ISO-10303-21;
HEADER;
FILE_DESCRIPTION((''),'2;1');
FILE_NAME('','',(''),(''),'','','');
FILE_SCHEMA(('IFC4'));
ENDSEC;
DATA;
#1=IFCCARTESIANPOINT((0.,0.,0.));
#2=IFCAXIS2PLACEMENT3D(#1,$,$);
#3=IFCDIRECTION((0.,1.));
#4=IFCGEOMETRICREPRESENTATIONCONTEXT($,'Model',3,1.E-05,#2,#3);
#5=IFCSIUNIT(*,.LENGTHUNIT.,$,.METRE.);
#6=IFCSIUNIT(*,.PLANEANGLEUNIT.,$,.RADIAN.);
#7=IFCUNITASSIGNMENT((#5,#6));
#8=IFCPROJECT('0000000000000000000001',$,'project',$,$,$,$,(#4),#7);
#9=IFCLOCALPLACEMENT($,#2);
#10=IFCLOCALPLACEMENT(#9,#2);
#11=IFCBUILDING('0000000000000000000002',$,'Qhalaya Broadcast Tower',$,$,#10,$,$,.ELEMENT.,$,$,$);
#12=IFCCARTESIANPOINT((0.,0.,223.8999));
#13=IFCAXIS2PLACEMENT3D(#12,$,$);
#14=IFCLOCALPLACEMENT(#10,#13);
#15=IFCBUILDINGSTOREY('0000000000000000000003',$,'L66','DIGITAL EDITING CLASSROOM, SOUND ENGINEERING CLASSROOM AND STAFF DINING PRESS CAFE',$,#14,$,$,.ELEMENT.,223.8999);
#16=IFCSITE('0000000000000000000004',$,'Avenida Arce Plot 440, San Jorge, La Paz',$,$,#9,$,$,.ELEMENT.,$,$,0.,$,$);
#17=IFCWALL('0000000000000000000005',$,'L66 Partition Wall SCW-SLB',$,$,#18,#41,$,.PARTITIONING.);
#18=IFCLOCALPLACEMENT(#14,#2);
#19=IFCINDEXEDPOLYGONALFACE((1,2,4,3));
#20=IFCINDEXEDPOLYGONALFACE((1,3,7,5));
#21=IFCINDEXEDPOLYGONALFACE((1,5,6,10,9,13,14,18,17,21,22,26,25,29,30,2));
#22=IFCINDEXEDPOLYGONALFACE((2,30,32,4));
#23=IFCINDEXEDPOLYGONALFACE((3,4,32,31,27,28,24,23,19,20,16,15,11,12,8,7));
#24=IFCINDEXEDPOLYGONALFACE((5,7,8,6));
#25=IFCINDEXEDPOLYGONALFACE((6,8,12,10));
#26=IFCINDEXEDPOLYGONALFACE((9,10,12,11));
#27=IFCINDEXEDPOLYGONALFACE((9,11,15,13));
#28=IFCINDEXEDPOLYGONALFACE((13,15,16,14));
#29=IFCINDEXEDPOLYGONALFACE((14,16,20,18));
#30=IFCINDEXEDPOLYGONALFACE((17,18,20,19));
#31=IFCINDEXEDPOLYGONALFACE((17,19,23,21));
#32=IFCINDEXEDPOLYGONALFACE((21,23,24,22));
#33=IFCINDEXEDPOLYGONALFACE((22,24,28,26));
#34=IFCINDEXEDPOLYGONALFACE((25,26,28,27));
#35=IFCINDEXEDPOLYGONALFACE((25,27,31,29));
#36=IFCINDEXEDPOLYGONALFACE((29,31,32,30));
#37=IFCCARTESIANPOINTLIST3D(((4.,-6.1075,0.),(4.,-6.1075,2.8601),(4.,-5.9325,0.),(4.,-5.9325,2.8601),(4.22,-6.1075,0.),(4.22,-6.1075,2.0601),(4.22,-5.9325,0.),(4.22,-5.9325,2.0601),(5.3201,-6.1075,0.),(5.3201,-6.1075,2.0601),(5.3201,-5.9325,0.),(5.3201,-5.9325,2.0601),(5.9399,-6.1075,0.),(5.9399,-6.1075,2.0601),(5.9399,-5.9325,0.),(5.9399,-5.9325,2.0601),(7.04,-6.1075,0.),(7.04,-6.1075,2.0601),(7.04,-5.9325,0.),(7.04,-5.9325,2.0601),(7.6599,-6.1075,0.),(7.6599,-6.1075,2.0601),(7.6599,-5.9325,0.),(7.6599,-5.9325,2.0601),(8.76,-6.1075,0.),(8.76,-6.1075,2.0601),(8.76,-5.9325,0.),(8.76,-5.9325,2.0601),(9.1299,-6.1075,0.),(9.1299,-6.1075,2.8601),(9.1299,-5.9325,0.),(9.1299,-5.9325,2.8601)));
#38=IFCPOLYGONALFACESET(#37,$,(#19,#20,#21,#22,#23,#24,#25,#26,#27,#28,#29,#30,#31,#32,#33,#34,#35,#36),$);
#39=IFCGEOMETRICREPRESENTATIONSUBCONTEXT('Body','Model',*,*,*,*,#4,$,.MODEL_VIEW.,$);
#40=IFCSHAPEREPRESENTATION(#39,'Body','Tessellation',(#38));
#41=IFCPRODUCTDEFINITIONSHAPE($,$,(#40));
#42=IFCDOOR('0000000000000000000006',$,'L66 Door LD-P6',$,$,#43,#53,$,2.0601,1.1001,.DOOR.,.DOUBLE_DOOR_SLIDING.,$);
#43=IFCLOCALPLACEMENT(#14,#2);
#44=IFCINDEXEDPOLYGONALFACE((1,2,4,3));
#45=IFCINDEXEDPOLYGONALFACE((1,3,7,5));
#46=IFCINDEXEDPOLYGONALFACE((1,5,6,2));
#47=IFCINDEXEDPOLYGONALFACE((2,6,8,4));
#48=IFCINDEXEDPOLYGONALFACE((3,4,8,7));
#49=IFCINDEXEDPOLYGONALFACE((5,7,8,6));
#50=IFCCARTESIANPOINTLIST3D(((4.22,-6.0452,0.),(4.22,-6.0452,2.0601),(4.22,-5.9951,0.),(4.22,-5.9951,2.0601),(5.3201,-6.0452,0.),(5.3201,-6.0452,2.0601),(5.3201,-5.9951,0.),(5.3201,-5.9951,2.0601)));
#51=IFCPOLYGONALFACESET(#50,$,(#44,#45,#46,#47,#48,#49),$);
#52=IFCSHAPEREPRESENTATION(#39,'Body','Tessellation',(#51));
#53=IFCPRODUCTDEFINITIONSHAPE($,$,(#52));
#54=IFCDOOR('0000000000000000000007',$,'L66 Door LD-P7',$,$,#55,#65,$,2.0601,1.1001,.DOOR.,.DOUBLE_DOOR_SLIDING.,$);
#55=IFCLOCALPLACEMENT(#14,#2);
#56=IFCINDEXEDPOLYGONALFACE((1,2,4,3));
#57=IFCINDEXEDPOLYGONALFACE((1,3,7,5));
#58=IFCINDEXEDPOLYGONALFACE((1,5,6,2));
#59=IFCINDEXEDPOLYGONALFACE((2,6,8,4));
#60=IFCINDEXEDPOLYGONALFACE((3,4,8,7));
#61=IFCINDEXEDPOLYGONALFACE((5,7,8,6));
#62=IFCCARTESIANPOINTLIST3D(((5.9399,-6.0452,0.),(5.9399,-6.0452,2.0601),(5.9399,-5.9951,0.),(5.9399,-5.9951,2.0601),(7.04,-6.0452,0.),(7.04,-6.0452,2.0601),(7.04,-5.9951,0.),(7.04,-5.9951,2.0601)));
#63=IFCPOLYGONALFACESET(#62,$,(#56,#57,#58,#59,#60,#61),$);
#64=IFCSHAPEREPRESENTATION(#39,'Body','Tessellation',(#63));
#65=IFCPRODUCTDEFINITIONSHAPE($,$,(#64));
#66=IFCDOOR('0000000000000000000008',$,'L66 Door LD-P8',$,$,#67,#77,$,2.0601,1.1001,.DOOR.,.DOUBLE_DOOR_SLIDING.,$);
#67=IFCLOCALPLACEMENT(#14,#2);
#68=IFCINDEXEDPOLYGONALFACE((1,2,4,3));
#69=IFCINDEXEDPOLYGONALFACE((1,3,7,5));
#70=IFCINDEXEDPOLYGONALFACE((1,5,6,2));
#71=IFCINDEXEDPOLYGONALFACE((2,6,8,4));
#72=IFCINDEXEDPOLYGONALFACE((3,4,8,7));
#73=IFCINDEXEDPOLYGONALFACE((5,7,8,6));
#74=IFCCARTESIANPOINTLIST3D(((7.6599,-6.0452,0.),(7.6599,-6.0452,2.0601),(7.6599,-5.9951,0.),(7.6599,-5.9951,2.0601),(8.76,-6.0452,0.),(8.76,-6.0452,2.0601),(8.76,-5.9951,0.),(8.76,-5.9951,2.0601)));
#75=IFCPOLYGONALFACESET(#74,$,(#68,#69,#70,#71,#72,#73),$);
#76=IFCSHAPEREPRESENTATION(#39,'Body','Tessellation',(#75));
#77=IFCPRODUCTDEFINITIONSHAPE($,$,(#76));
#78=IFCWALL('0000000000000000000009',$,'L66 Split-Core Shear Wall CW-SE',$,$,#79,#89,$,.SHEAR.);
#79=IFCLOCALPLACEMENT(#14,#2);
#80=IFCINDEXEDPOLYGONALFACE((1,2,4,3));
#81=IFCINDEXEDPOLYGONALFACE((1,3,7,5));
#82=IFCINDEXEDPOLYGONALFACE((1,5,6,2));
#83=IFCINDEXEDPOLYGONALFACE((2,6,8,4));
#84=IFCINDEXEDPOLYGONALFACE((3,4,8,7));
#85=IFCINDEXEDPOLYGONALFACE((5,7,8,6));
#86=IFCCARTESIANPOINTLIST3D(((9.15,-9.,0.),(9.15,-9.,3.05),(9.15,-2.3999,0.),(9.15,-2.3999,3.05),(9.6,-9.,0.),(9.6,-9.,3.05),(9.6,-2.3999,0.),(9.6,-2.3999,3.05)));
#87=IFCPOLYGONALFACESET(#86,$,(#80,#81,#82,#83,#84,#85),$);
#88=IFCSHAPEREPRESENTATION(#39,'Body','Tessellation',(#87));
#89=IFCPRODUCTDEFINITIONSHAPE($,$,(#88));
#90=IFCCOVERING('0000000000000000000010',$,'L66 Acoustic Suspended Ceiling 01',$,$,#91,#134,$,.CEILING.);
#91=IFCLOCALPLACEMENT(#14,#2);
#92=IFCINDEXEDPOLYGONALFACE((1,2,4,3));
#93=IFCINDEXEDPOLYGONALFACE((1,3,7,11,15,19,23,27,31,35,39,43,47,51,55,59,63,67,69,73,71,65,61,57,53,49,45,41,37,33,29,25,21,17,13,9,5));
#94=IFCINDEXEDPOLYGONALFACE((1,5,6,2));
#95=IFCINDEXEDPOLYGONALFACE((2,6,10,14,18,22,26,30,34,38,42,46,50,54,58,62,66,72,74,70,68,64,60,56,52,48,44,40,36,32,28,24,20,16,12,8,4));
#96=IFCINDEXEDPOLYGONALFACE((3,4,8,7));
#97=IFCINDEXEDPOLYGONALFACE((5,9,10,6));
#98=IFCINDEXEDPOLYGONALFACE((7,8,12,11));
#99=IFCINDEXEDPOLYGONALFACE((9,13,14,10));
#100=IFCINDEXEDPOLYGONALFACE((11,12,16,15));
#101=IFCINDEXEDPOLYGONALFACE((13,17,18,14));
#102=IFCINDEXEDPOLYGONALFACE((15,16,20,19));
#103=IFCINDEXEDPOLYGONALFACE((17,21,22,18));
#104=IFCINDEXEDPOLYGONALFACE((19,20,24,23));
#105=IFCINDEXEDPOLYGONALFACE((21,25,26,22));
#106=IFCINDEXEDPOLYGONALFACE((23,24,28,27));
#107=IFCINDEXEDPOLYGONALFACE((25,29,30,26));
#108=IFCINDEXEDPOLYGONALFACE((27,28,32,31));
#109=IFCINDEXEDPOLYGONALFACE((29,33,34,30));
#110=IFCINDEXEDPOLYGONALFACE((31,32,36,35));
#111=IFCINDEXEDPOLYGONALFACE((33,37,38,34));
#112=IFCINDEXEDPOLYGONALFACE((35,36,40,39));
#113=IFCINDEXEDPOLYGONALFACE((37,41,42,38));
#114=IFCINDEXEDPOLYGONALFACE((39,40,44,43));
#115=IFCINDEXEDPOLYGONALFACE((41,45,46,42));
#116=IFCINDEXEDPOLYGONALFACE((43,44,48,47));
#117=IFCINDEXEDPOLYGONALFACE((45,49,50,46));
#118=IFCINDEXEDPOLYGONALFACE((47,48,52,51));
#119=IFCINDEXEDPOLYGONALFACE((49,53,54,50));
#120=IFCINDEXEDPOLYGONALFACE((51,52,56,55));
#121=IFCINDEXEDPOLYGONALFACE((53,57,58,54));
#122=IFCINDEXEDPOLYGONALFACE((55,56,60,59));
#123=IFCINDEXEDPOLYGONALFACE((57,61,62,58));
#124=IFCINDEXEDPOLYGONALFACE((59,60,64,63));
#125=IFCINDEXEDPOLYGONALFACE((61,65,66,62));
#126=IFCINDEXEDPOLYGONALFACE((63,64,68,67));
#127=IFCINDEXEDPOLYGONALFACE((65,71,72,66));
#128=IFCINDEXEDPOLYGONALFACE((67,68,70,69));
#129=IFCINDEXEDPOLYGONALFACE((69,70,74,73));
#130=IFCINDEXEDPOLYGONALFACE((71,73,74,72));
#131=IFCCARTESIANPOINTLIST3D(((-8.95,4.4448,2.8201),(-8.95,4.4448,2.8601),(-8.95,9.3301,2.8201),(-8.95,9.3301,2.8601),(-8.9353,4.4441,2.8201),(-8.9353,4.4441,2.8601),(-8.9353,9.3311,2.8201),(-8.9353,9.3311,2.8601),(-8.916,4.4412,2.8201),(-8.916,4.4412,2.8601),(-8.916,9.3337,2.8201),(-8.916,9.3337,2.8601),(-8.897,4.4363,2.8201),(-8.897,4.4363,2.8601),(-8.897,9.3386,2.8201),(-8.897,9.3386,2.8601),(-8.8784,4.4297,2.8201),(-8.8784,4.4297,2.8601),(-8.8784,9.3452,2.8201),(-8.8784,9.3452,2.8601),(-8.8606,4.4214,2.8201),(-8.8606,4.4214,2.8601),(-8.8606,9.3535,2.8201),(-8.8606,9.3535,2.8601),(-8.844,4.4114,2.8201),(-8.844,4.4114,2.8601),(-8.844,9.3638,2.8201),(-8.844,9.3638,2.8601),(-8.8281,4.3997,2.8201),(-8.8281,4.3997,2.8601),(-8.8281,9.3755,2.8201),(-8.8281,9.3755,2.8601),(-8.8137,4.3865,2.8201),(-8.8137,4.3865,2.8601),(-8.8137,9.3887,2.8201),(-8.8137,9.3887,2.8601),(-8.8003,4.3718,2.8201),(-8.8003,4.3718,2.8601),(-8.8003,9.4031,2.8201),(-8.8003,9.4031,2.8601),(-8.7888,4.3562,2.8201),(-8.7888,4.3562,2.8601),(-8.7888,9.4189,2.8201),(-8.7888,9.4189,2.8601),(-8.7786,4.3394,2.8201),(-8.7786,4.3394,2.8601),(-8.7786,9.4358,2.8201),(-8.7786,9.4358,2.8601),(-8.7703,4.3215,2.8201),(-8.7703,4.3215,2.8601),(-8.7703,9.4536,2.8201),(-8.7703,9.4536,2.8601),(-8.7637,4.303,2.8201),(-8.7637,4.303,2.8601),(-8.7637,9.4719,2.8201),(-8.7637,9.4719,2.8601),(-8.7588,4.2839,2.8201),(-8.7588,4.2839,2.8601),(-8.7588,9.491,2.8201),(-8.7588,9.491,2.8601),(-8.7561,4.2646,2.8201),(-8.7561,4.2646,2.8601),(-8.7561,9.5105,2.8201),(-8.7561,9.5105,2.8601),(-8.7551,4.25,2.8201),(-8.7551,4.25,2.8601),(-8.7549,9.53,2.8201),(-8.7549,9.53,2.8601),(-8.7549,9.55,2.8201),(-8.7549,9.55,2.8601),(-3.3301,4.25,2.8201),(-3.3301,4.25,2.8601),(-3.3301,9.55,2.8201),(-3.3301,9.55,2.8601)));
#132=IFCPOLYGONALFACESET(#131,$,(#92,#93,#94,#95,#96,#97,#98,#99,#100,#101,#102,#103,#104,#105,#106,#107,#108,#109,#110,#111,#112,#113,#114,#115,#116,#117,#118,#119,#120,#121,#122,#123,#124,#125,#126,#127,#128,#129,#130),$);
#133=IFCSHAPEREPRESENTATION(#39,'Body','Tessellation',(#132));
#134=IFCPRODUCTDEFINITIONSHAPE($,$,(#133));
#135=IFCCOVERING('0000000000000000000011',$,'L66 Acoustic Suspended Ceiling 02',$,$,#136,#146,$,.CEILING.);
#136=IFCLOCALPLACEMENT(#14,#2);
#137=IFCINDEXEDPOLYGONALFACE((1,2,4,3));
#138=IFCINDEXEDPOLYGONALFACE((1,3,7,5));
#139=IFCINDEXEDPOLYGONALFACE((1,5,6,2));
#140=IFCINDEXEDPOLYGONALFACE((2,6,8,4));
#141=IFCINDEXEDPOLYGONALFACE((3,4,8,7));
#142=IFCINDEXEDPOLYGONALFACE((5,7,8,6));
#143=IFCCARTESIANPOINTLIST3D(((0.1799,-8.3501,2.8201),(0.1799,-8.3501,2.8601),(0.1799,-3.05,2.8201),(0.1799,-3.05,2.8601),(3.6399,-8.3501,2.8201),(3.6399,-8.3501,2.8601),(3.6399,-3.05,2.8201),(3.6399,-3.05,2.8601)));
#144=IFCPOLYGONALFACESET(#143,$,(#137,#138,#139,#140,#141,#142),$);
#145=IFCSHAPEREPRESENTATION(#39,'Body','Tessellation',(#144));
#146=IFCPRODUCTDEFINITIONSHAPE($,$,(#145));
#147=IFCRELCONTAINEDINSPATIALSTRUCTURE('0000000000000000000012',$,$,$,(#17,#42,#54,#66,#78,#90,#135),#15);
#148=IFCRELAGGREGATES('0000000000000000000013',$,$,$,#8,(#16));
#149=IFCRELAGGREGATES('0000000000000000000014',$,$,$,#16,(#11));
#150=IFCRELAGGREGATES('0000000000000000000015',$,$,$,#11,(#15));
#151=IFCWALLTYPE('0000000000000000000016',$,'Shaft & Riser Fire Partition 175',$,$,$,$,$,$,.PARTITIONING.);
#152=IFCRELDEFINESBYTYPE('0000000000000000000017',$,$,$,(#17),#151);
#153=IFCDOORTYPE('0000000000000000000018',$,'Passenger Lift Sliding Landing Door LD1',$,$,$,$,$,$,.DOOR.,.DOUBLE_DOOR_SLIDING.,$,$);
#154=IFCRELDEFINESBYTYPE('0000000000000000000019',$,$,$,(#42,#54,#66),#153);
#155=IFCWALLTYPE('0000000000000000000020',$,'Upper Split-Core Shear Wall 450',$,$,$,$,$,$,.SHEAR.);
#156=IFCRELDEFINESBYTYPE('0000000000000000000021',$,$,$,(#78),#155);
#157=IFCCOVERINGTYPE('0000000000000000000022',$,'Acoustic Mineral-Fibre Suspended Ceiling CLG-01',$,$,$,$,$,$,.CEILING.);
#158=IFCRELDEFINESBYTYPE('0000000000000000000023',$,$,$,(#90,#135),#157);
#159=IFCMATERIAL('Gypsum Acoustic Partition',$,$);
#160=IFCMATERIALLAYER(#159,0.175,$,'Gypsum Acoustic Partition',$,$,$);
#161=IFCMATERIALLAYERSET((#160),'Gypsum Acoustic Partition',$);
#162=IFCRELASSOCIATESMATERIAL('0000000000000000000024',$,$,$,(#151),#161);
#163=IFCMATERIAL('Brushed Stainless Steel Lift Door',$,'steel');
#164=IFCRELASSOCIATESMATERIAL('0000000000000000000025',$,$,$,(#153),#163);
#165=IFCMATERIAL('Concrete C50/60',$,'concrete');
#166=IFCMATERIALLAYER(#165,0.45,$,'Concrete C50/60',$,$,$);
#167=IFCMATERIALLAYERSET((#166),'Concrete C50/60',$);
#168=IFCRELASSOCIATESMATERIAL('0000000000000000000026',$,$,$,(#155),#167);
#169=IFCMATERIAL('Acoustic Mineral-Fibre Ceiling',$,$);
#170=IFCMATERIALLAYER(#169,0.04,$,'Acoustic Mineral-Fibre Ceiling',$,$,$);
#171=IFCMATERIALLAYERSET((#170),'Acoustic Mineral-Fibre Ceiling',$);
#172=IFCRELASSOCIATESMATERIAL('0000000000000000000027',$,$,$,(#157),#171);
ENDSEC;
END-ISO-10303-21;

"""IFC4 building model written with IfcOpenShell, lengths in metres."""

from ifc_helpers import new_model, si_unit, direction, frame, frame_2d, origin, place, context, subcontext, project, spatial, polyline, rectangle, outline, extrude, material, layer, layer_set, type_object, element, fill, save


model = new_model("IFC4")

# Units and contexts
model_context = context("Model", 3, precision=1e-05, world=origin(), true_north=direction((0.0, 1.0)))
body_context = subcontext(model_context, "Body", "Model", "MODEL_VIEW")
ifc_project = project(units=[si_unit("LENGTHUNIT", "METRE"), si_unit("PLANEANGLEUNIT", "RADIAN")], contexts=[model_context])

# Site, building, storey
site_placement = place(None, origin())
site = spatial("IfcSite", under=ifc_project, at=site_placement, Name="Avenida Arce Plot 440, San Jorge, La Paz", CompositionType="ELEMENT", RefElevation=0.0)
building_placement = place(site_placement, origin())
building = spatial("IfcBuilding", under=site, at=building_placement, Name="Qhalaya Broadcast Tower", CompositionType="ELEMENT")
storey_placement = place(building_placement, frame((0.0, 0.0, 223.8999)))
storey = spatial("IfcBuildingStorey", under=building, at=storey_placement, Name="L66", Description="DIGITAL EDITING CLASSROOM, SOUND ENGINEERING CLASSROOM AND STAFF DINING PRESS CAFE", CompositionType="ELEMENT", Elevation=223.8999)

# Shared definitions
ifc_material_1 = material(Name="Concrete C50/60", Category="concrete")

# Shared definitions
ifc_material_2 = material(Name="Gypsum Acoustic Partition")

# Wall, openings, doors
ifc_layer_1 = layer(ifc_material_2, 0.175, Name="Gypsum Acoustic Partition")
ifc_layer_set_1 = layer_set([ifc_layer_1], Name="Gypsum Acoustic Partition")
wall_type_1 = type_object("IfcWallType", Name="Shaft & Riser Fire Partition 175", PredefinedType="PARTITIONING", material=ifc_layer_set_1)
wall_1_placement = place(storey_placement, frame((4.0, -6.02, 0.0), z_axis=(0.0, 0.0, 1.0), x_axis=(1.0, 0.0, 0.0)))
wall_1 = element("IfcWall", 1, at=wall_1_placement, inside=storey, type_object=wall_type_1, Name="L66 Partition Wall SCW-SLB", PredefinedType="PARTITIONING", context=body_context, shape_type="SweptSolid", body=[
    extrude(rectangle(XDim=5.1299, YDim=0.175, at=frame_2d((2.5649, 0.0))), origin(), (0.0, 0.0, 1.0), 2.8601),
])
opening_1_placement = place(wall_1_placement, frame((0.22, 0.0, 0.0)))
opening_1 = element("IfcOpeningElement", 2, at=opening_1_placement, cuts=wall_1, PredefinedType="OPENING", context=body_context, shape_type="SweptSolid", body=[
    extrude(rectangle(XDim=1.1001, YDim=2.0601, at=frame_2d((0.55, 1.03))), frame((0.0, 0.0996, 0.0), z_axis=(0.0, -1.0, 0.0), x_axis=(1.0, 0.0, 0.0)), (0.0, 0.0, 1.0), 0.199),
])
opening_2_placement = place(wall_1_placement, frame((1.9399, 0.0, 0.0)))
opening_2 = element("IfcOpeningElement", 3, at=opening_2_placement, cuts=wall_1, PredefinedType="OPENING", context=body_context, shape_type="SweptSolid", body=[
    extrude(rectangle(XDim=1.1001, YDim=2.0601, at=frame_2d((0.55, 1.03))), frame((0.0, 0.0996, 0.0), z_axis=(0.0, -1.0, 0.0), x_axis=(1.0, 0.0, 0.0)), (0.0, 0.0, 1.0), 0.199),
])
opening_3_placement = place(wall_1_placement, frame((3.6599, 0.0, 0.0)))
opening_3 = element("IfcOpeningElement", 4, at=opening_3_placement, cuts=wall_1, PredefinedType="OPENING", context=body_context, shape_type="SweptSolid", body=[
    extrude(rectangle(XDim=1.1001, YDim=2.0601, at=frame_2d((0.55, 1.03))), frame((0.0, 0.0996, 0.0), z_axis=(0.0, -1.0, 0.0), x_axis=(1.0, 0.0, 0.0)), (0.0, 0.0, 1.0), 0.199),
])
ifc_material_3 = material(Name="Brushed Stainless Steel Lift Door", Category="steel")
door_type_1 = type_object("IfcDoorType", Name="Passenger Lift Sliding Landing Door LD1", OperationType="DOUBLE_DOOR_SLIDING", PredefinedType="DOOR", material=ifc_material_3)
door_1_placement = place(opening_1_placement, origin())
door_1 = element("IfcDoor", 5, at=door_1_placement, inside=storey, type_object=door_type_1, Name="L66 Door LD-P6", OperationType="DOUBLE_DOOR_SLIDING", OverallHeight=2.0601, OverallWidth=1.1001, PredefinedType="DOOR", context=body_context, shape_type="SweptSolid", body=[
    extrude(rectangle(XDim=1.1001, YDim=2.0601, at=frame_2d((0.55, 1.03))), frame((0.0, 0.0249, 0.0), z_axis=(0.0, -1.0, 0.0), x_axis=(1.0, 0.0, 0.0)), (0.0, 0.0, 1.0), 0.05),
])
fill(opening_1, door_1)
door_2_placement = place(opening_2_placement, origin())
door_2 = element("IfcDoor", 6, at=door_2_placement, inside=storey, type_object=door_type_1, Name="L66 Door LD-P7", OperationType="DOUBLE_DOOR_SLIDING", OverallHeight=2.0601, OverallWidth=1.1001, PredefinedType="DOOR", context=body_context, shape_type="SweptSolid", body=[
    extrude(rectangle(XDim=1.1001, YDim=2.0601, at=frame_2d((0.55, 1.03))), frame((0.0, 0.0249, 0.0), z_axis=(0.0, -1.0, 0.0), x_axis=(1.0, 0.0, 0.0)), (0.0, 0.0, 1.0), 0.05),
])
fill(opening_2, door_2)
door_3_placement = place(opening_3_placement, origin())
door_3 = element("IfcDoor", 7, at=door_3_placement, inside=storey, type_object=door_type_1, Name="L66 Door LD-P8", OperationType="DOUBLE_DOOR_SLIDING", OverallHeight=2.0601, OverallWidth=1.1001, PredefinedType="DOOR", context=body_context, shape_type="SweptSolid", body=[
    extrude(rectangle(XDim=1.1001, YDim=2.0601, at=frame_2d((0.55, 1.03))), frame((0.0, 0.0249, 0.0), z_axis=(0.0, -1.0, 0.0), x_axis=(1.0, 0.0, 0.0)), (0.0, 0.0, 1.0), 0.05),
])
fill(opening_3, door_3)

# Wall
ifc_layer_2 = layer(ifc_material_1, 0.45, Name="Concrete C50/60")
ifc_layer_set_2 = layer_set([ifc_layer_2], Name="Concrete C50/60")
wall_type_2 = type_object("IfcWallType", Name="Upper Split-Core Shear Wall 450", PredefinedType="SHEAR", material=ifc_layer_set_2)
wall_2_placement = place(storey_placement, frame((9.375, -9.0, 0.0), z_axis=(0.0, 0.0, 1.0), x_axis=(0.0, 1.0, 0.0)))
element("IfcWall", 8, at=wall_2_placement, inside=storey, type_object=wall_type_2, Name="L66 Split-Core Shear Wall CW-SE", PredefinedType="SHEAR", context=body_context, shape_type="SweptSolid", body=[
    extrude(rectangle(XDim=6.6001, YDim=0.45, at=frame_2d((3.3, 0.0))), origin(), (0.0, 0.0, 1.0), 3.05),
])

# Coverings
ifc_material_4 = material(Name="Acoustic Mineral-Fibre Ceiling")
ifc_layer_3 = layer(ifc_material_4, 0.04, Name="Acoustic Mineral-Fibre Ceiling")
ifc_layer_set_3 = layer_set([ifc_layer_3], Name="Acoustic Mineral-Fibre Ceiling")
covering_type = type_object("IfcCoveringType", Name="Acoustic Mineral-Fibre Suspended Ceiling CLG-01", PredefinedType="CEILING", material=ifc_layer_set_3)
covering_1_placement = place(storey_placement, frame((0.0, 0.0, 2.8201)))
element("IfcCovering", 9, at=covering_1_placement, inside=storey, type_object=covering_type, Name="L66 Acoustic Suspended Ceiling 01", PredefinedType="CEILING", context=body_context, shape_type="SweptSolid", body=[
    extrude(outline(polyline([(-8.7561, 4.2646), (-8.7551, 4.25), (-3.3301, 4.25), (-3.3301, 9.55), (-8.7549, 9.55), (-8.7549, 9.53), (-8.7561, 9.5105), (-8.7588, 9.491), (-8.7637, 9.4719), (-8.7703, 9.4536), (-8.7786, 9.4358), (-8.7888, 9.4189), (-8.8003, 9.4031), (-8.8137, 9.3887), (-8.8281, 9.3755), (-8.844, 9.3638), (-8.8606, 9.3535), (-8.8784, 9.3452), (-8.897, 9.3386), (-8.916, 9.3337), (-8.9353, 9.3311), (-8.95, 9.3301), (-8.95, 4.4448), (-8.9353, 4.4441), (-8.916, 4.4412), (-8.897, 4.4363), (-8.8784, 4.4297), (-8.8606, 4.4214), (-8.844, 4.4114), (-8.8281, 4.3997), (-8.8137, 4.3865), (-8.8003, 4.3718), (-8.7888, 4.3562), (-8.7786, 4.3394), (-8.7703, 4.3215), (-8.7637, 4.303), (-8.7588, 4.2839), (-8.7561, 4.2646)])), origin(), (0.0, 0.0, 1.0), 0.04),
])
covering_2_placement = place(storey_placement, frame((0.0, 0.0, 2.8201)))
element("IfcCovering", 10, at=covering_2_placement, inside=storey, type_object=covering_type, Name="L66 Acoustic Suspended Ceiling 02", PredefinedType="CEILING", context=body_context, shape_type="SweptSolid", body=[
    extrude(outline(polyline([(0.1799, -3.05), (0.1799, -8.3501), (3.6399, -8.3501), (3.6399, -3.05), (0.1799, -3.05)])), origin(), (0.0, 0.0, 1.0), 0.04),
])

save(model, "model.ifc")
